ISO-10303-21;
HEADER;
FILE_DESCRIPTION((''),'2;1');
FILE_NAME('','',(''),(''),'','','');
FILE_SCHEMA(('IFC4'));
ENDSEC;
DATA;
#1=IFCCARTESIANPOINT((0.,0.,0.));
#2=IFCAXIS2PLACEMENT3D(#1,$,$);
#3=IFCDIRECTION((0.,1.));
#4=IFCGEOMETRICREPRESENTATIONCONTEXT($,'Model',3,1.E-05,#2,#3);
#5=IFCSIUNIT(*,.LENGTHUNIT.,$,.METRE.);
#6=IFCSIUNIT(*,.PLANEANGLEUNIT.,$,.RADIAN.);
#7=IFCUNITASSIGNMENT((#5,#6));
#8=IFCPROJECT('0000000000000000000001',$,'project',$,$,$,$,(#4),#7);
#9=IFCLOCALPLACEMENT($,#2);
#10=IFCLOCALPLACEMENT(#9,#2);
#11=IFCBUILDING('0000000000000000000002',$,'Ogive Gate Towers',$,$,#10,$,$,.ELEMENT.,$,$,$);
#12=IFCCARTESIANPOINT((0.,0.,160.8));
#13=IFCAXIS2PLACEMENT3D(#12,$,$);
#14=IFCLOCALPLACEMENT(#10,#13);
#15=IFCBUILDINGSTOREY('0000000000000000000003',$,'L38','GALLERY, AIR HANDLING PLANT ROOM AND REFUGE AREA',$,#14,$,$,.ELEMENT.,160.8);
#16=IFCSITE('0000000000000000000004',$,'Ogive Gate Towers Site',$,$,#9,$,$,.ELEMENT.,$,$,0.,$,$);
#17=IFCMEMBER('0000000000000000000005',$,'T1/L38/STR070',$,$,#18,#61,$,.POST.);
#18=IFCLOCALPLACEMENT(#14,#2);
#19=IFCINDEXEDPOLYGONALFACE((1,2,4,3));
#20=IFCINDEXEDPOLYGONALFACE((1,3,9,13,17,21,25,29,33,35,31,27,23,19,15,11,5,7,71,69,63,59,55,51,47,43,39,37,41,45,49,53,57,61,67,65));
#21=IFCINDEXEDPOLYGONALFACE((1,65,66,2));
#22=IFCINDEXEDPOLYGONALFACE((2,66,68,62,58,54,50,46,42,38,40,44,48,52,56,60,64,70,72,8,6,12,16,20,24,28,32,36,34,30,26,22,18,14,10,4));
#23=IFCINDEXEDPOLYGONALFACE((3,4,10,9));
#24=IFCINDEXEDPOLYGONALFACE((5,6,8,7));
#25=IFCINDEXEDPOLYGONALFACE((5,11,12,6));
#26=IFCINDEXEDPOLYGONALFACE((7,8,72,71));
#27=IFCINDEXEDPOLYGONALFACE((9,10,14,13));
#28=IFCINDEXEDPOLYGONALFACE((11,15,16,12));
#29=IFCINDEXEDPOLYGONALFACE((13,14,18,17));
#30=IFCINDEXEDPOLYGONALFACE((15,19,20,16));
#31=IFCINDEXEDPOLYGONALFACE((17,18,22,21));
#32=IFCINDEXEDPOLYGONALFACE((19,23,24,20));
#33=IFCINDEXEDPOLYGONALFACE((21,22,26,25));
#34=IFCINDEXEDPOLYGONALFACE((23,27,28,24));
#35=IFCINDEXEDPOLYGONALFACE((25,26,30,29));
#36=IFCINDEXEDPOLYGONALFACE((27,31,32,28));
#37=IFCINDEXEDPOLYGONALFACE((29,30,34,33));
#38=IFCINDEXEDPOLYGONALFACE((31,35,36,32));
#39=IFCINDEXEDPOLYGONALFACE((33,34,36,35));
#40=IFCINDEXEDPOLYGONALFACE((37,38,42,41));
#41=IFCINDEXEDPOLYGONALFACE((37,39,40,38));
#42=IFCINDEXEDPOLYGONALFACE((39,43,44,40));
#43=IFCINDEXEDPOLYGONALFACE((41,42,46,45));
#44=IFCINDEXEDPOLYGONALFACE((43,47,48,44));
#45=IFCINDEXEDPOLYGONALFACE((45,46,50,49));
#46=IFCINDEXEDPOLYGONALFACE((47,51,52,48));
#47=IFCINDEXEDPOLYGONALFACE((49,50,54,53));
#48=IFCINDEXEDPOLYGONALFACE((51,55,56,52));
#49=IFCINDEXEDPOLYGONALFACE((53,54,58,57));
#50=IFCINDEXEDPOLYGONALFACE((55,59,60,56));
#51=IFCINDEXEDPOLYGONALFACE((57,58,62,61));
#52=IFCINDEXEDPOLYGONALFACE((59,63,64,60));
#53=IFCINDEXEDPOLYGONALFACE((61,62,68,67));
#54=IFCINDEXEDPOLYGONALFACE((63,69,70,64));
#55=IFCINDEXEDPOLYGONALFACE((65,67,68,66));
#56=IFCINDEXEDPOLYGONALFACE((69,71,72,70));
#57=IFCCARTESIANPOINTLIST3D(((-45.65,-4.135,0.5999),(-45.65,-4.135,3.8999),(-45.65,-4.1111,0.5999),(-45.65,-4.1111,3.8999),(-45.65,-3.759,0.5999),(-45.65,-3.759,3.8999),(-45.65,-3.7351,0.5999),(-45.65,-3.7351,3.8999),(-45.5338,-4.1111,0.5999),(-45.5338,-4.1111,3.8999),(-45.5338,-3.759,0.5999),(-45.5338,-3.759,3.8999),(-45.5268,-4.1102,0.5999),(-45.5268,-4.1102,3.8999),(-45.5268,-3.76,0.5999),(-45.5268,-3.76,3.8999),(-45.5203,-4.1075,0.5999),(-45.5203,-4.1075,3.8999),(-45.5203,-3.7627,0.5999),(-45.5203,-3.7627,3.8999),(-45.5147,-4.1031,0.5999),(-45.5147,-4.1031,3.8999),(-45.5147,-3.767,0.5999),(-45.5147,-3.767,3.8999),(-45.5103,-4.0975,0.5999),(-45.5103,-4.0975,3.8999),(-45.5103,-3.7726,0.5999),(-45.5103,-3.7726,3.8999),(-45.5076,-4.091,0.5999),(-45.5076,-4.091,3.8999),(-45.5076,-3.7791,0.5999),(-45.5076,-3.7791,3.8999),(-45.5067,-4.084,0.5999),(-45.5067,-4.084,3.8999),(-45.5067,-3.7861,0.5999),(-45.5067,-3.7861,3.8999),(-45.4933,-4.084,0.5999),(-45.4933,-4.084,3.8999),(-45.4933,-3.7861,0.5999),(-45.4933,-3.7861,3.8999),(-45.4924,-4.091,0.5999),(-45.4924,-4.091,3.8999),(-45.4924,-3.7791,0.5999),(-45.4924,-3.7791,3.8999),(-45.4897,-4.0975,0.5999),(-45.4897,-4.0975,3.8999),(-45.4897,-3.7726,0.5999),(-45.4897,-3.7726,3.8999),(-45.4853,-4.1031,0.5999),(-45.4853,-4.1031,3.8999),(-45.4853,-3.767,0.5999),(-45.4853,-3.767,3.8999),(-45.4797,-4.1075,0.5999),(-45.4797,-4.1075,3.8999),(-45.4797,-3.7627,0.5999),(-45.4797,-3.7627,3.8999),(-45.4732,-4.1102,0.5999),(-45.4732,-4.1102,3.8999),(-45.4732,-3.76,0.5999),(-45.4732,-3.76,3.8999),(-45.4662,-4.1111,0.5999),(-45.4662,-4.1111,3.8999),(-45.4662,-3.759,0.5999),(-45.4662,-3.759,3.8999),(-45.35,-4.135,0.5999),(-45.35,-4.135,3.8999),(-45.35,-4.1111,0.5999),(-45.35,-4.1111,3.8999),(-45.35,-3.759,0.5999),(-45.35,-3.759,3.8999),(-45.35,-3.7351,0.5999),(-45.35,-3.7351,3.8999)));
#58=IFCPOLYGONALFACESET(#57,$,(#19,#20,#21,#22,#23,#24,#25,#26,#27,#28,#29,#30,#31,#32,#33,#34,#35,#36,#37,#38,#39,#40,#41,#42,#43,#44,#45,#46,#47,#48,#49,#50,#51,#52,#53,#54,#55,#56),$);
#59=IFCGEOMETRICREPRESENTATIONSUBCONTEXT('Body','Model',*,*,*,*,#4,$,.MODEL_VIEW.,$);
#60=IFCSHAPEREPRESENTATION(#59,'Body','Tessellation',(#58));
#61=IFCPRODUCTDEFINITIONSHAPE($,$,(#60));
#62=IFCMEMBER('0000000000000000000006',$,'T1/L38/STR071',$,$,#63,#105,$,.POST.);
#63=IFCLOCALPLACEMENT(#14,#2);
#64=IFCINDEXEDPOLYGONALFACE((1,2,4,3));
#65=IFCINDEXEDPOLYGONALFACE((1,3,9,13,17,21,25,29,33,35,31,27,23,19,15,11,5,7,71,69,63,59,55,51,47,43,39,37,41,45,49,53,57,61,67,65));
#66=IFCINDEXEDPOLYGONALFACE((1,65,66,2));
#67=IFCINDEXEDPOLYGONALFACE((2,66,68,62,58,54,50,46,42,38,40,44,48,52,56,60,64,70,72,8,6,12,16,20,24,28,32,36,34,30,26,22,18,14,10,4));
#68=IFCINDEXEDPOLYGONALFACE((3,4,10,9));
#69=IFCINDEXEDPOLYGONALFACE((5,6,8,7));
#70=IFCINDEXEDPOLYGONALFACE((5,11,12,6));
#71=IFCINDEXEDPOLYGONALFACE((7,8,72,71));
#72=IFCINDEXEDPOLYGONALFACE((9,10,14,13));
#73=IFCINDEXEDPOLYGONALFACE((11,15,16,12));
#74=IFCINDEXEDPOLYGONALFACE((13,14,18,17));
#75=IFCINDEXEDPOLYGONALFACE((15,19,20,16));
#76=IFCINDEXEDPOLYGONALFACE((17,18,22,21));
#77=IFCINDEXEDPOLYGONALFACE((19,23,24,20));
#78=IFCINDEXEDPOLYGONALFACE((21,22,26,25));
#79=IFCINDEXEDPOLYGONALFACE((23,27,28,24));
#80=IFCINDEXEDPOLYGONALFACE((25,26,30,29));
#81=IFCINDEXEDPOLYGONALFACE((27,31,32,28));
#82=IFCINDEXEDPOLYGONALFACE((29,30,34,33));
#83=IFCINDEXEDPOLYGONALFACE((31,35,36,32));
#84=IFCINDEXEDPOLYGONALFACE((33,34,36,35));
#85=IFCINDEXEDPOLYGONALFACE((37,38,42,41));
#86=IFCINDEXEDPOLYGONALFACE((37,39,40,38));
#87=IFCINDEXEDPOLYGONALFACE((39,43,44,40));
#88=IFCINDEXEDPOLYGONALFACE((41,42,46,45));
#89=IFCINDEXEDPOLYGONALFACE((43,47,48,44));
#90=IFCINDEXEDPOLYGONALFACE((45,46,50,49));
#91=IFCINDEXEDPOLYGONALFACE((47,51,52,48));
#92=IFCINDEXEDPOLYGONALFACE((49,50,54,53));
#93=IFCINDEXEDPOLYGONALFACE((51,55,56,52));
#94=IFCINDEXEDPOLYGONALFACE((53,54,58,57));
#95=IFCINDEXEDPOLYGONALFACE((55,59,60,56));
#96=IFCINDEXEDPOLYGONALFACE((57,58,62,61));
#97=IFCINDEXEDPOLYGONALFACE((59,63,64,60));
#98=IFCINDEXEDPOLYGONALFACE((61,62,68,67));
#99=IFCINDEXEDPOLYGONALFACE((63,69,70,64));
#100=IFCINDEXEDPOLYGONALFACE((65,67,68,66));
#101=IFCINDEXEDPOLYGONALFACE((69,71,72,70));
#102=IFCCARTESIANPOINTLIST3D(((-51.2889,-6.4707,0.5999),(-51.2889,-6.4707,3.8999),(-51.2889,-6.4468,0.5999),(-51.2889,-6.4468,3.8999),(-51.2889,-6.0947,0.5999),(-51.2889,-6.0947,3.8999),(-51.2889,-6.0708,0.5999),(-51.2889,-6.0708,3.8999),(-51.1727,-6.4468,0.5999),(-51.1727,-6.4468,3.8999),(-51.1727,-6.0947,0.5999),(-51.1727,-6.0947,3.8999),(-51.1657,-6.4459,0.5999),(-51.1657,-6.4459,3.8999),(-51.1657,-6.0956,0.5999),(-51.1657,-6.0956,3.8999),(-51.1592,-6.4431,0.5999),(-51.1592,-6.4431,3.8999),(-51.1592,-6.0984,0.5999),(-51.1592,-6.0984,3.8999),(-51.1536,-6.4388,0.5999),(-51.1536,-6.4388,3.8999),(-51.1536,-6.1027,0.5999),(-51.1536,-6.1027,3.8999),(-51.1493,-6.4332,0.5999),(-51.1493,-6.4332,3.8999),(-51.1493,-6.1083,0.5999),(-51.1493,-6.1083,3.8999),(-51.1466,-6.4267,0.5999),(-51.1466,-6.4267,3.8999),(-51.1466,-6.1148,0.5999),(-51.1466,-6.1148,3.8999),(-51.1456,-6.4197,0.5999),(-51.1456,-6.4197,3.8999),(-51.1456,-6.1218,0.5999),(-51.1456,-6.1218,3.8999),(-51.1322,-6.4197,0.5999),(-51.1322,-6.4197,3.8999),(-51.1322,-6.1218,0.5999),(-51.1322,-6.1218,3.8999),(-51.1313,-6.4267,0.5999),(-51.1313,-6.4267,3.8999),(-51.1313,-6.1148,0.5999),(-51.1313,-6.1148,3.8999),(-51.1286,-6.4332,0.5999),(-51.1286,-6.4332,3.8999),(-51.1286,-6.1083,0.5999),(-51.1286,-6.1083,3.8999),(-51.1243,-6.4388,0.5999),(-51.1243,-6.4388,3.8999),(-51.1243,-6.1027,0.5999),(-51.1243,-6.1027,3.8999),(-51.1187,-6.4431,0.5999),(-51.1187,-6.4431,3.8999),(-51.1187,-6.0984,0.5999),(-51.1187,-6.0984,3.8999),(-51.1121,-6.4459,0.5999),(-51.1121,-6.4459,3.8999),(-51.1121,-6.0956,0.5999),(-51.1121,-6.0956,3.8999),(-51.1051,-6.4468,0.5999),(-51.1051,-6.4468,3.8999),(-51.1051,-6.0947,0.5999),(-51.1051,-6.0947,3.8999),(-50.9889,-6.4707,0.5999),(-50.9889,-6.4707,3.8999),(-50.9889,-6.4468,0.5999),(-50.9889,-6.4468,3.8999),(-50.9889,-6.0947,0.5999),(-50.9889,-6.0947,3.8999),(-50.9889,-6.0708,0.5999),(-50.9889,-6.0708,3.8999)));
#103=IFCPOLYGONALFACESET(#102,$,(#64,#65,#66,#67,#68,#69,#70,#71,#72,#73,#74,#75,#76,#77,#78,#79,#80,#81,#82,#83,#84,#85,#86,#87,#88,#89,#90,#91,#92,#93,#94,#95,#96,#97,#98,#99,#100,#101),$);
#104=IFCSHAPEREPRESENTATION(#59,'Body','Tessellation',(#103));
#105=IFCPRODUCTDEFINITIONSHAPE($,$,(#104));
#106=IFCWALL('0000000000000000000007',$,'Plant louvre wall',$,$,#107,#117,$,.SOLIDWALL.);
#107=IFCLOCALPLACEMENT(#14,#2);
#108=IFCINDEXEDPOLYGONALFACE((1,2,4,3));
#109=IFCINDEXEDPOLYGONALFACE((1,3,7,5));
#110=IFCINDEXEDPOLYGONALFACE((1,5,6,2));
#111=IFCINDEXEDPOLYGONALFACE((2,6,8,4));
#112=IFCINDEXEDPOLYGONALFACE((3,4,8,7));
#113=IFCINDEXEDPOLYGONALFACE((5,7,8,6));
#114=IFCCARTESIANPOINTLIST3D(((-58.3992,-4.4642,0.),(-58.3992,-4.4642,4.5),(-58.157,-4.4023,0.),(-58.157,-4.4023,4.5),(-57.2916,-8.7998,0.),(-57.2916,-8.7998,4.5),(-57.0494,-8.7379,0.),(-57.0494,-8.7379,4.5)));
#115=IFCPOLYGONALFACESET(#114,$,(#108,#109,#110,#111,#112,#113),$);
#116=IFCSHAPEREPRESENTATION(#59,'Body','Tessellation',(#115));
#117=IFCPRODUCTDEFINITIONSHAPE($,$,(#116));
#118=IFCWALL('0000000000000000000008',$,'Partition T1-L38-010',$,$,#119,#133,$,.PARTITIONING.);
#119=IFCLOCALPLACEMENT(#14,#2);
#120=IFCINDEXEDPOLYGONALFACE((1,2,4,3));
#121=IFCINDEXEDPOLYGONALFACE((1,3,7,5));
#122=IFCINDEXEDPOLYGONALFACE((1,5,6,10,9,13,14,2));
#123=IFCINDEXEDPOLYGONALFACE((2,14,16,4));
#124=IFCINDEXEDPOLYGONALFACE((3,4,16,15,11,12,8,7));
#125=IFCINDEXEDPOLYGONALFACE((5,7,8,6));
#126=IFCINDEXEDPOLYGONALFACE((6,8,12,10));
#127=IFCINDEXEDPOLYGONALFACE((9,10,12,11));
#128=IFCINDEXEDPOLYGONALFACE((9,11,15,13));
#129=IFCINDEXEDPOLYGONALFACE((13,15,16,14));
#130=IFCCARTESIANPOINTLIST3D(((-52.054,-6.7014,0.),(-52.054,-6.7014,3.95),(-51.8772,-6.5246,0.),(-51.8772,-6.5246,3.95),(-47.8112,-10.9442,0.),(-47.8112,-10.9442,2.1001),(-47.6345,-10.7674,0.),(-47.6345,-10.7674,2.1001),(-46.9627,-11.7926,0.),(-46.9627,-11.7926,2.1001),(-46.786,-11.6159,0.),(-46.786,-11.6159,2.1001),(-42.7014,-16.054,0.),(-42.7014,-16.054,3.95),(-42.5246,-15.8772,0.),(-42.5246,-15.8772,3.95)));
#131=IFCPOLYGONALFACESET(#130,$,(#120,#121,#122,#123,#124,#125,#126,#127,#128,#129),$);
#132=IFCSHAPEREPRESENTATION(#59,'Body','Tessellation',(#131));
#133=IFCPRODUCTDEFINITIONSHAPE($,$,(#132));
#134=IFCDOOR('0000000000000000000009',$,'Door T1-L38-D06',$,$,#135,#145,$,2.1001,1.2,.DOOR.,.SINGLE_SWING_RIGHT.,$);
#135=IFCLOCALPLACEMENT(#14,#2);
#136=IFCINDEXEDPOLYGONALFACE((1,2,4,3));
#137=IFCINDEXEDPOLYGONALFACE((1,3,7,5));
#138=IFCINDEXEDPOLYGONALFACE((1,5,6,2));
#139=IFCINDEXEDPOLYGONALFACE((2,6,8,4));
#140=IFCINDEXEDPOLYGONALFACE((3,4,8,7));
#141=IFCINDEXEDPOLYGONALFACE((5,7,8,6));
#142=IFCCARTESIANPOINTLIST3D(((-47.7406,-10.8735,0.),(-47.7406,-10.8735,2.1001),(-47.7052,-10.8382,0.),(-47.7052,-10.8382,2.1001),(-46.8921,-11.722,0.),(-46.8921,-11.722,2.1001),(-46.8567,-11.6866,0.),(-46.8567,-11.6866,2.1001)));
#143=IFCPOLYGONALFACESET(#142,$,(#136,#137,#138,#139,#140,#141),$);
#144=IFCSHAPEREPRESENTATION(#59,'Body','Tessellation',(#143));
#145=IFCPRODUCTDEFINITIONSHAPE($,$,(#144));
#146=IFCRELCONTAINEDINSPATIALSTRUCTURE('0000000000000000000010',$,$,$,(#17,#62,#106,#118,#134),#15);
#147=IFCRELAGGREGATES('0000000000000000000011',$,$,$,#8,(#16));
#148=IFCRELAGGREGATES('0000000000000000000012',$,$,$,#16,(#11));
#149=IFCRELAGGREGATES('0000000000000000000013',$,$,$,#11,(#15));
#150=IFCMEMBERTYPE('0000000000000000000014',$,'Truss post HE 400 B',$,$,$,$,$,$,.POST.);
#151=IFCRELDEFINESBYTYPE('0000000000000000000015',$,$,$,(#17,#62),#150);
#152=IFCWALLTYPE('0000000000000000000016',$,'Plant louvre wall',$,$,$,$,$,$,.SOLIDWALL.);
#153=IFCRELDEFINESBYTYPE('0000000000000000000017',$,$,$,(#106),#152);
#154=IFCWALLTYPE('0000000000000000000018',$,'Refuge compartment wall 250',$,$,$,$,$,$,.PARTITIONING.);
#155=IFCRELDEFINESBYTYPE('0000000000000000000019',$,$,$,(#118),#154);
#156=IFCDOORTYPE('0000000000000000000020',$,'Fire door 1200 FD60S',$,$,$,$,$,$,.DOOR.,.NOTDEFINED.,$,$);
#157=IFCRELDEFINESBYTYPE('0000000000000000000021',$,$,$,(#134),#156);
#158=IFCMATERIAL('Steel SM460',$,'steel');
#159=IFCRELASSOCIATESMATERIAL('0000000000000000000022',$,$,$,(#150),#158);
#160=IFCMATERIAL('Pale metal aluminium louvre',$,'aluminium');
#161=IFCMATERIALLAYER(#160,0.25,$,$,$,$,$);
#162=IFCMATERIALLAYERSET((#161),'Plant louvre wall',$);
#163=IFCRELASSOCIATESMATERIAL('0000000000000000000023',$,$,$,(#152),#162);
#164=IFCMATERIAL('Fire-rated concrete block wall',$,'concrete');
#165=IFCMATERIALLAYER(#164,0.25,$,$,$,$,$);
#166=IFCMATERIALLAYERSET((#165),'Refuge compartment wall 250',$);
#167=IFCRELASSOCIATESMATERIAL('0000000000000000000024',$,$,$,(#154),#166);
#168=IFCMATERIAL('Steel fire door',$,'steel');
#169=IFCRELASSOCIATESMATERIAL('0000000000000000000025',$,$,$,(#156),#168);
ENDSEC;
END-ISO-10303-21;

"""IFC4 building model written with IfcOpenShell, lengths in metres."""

from ifc_helpers import new_model, si_unit, direction, frame, frame_2d, origin, origin_2d, place, context, subcontext, project, spatial, rectangle, i_section, extrude, material, layer, layer_set, material_profile, profile_set, type_object, element, fill, save


model = new_model("IFC4")

# Units and contexts
model_context = context("Model", 3, precision=1e-05, world=origin(), true_north=direction((0.0, 1.0)))
body_context = subcontext(model_context, "Body", "Model", "MODEL_VIEW")
ifc_project = project(units=[si_unit("LENGTHUNIT", "METRE"), si_unit("PLANEANGLEUNIT", "RADIAN")], contexts=[model_context])

# Site, building, storey
site_placement = place(None, origin())
site = spatial("IfcSite", under=ifc_project, at=site_placement, Name="Ogive Gate Towers Site", CompositionType="ELEMENT", RefElevation=0.0)
building_placement = place(site_placement, origin())
building = spatial("IfcBuilding", under=site, at=building_placement, Name="Ogive Gate Towers", CompositionType="ELEMENT")
storey_placement = place(building_placement, frame((0.0, 0.0, 160.8)))
storey = spatial("IfcBuildingStorey", under=building, at=storey_placement, Name="L38", Description="GALLERY, AIR HANDLING PLANT ROOM AND REFUGE AREA", CompositionType="ELEMENT", Elevation=160.8)

# Shared definitions
ifc_material_1 = material(Name="Steel SM460", Category="steel")

# Members
ifc_material_profile_1 = material_profile(ifc_material_1, i_section(OverallWidth=0.3, OverallDepth=0.3999, WebThickness=0.0134, FlangeThickness=0.0239, FilletRadius=0.0271, at=origin_2d()), Name="HE 400 B")
ifc_profile_set_1 = profile_set([ifc_material_profile_1], Name="Steel SM460")
member_type_1 = type_object("IfcMemberType", Name="Truss post HE 400 B", PredefinedType="POST", material=ifc_profile_set_1)
for number, where, z_axis, x_axis, name in (
    (1, (-45.5, -3.9351, 0.5999), (0.0, 0.0, 1.0), (1.0, 0.0, 0.0), "T1/L38/STR070"),
    (2, (-51.1389, -6.2708, 0.5999), (0.0, 0.0, 1.0), (1.0, 0.0, 0.0), "T1/L38/STR071"),
):
    element("IfcMember", number, at=place(storey_placement, frame(where, z_axis=z_axis, x_axis=x_axis)), inside=storey, type_object=member_type_1, Name=name, PredefinedType="POST", context=body_context, shape_type="SweptSolid", body=[
        extrude(i_section(OverallWidth=0.3, OverallDepth=0.3999, WebThickness=0.0134, FlangeThickness=0.0239, FilletRadius=0.0271, at=origin_2d()), origin(), (0.0, 0.0, 1.0), 3.3),
    ])

# Wall
ifc_material_2 = material(Name="Pale metal aluminium louvre", Category="aluminium")
ifc_layer_1 = layer(ifc_material_2, 0.25)
ifc_layer_set_1 = layer_set([ifc_layer_1], Name="Plant louvre wall")
wall_type_1 = type_object("IfcWallType", Name="Plant louvre wall", PredefinedType="SOLIDWALL", material=ifc_layer_set_1)
wall_1_placement = place(storey_placement, frame((-58.2781, -4.4333, 0.0), z_axis=(0.0, 0.0, 1.0), x_axis=(0.247526, -0.968881, 0.0)))
element("IfcWall", 3, at=wall_1_placement, inside=storey, type_object=wall_type_1, Name="Plant louvre wall", PredefinedType="SOLIDWALL", context=body_context, shape_type="SweptSolid", body=[
    extrude(rectangle(XDim=4.4749, YDim=0.25, at=frame_2d((2.2373, 0.0))), origin(), (0.0, 0.0, 1.0), 4.5),
])

# Wall, opening, door
ifc_material_3 = material(Name="Fire-rated concrete block wall", Category="concrete")
ifc_layer_2 = layer(ifc_material_3, 0.25)
ifc_layer_set_2 = layer_set([ifc_layer_2], Name="Refuge compartment wall 250")
wall_type_2 = type_object("IfcWallType", Name="Refuge compartment wall 250", PredefinedType="PARTITIONING", material=ifc_layer_set_2)
wall_2_placement = place(storey_placement, frame((-51.9656, -6.613, 0.0), z_axis=(0.0, 0.0, 1.0), x_axis=(0.707107, -0.707107, 0.0)))
wall_2 = element("IfcWall", 4, at=wall_2_placement, inside=storey, type_object=wall_type_2, Name="Partition T1-L38-010", PredefinedType="PARTITIONING", context=body_context, shape_type="SweptSolid", body=[
    extrude(rectangle(XDim=13.2266, YDim=0.25, at=frame_2d((6.6133, 0.0))), origin(), (0.0, 0.0, 1.0), 3.95),
])
opening_placement = place(wall_2_placement, frame((6.0, 0.0, 0.0)))
opening = element("IfcOpeningElement", 5, at=opening_placement, cuts=wall_2, PredefinedType="OPENING", context=body_context, shape_type="SweptSolid", body=[
    extrude(rectangle(XDim=1.2, YDim=2.1001, at=frame_2d((0.6001, 1.05))), frame((0.0, 0.135, 0.0), z_axis=(0.0, -1.0, 0.0), x_axis=(1.0, 0.0, 0.0)), (0.0, 0.0, 1.0), 0.27),
])
ifc_material_4 = material(Name="Steel fire door", Category="steel")
door_type = type_object("IfcDoorType", Name="Fire door 1200 FD60S", OperationType="NOTDEFINED", PredefinedType="DOOR", material=ifc_material_4)
door_placement = place(opening_placement, origin())
door = element("IfcDoor", 6, at=door_placement, inside=storey, type_object=door_type, Name="Door T1-L38-D06", OperationType="SINGLE_SWING_RIGHT", OverallHeight=2.1001, OverallWidth=1.2, PredefinedType="DOOR", context=body_context, shape_type="SweptSolid", body=[
    extrude(rectangle(XDim=1.2, YDim=2.1001, at=frame_2d((0.6001, 1.05))), frame((0.0, 0.0249, 0.0), z_axis=(0.0, -1.0, 0.0), x_axis=(1.0, 0.0, 0.0)), (0.0, 0.0, 1.0), 0.05),
])
fill(opening, door)

save(model, "model.ifc")
